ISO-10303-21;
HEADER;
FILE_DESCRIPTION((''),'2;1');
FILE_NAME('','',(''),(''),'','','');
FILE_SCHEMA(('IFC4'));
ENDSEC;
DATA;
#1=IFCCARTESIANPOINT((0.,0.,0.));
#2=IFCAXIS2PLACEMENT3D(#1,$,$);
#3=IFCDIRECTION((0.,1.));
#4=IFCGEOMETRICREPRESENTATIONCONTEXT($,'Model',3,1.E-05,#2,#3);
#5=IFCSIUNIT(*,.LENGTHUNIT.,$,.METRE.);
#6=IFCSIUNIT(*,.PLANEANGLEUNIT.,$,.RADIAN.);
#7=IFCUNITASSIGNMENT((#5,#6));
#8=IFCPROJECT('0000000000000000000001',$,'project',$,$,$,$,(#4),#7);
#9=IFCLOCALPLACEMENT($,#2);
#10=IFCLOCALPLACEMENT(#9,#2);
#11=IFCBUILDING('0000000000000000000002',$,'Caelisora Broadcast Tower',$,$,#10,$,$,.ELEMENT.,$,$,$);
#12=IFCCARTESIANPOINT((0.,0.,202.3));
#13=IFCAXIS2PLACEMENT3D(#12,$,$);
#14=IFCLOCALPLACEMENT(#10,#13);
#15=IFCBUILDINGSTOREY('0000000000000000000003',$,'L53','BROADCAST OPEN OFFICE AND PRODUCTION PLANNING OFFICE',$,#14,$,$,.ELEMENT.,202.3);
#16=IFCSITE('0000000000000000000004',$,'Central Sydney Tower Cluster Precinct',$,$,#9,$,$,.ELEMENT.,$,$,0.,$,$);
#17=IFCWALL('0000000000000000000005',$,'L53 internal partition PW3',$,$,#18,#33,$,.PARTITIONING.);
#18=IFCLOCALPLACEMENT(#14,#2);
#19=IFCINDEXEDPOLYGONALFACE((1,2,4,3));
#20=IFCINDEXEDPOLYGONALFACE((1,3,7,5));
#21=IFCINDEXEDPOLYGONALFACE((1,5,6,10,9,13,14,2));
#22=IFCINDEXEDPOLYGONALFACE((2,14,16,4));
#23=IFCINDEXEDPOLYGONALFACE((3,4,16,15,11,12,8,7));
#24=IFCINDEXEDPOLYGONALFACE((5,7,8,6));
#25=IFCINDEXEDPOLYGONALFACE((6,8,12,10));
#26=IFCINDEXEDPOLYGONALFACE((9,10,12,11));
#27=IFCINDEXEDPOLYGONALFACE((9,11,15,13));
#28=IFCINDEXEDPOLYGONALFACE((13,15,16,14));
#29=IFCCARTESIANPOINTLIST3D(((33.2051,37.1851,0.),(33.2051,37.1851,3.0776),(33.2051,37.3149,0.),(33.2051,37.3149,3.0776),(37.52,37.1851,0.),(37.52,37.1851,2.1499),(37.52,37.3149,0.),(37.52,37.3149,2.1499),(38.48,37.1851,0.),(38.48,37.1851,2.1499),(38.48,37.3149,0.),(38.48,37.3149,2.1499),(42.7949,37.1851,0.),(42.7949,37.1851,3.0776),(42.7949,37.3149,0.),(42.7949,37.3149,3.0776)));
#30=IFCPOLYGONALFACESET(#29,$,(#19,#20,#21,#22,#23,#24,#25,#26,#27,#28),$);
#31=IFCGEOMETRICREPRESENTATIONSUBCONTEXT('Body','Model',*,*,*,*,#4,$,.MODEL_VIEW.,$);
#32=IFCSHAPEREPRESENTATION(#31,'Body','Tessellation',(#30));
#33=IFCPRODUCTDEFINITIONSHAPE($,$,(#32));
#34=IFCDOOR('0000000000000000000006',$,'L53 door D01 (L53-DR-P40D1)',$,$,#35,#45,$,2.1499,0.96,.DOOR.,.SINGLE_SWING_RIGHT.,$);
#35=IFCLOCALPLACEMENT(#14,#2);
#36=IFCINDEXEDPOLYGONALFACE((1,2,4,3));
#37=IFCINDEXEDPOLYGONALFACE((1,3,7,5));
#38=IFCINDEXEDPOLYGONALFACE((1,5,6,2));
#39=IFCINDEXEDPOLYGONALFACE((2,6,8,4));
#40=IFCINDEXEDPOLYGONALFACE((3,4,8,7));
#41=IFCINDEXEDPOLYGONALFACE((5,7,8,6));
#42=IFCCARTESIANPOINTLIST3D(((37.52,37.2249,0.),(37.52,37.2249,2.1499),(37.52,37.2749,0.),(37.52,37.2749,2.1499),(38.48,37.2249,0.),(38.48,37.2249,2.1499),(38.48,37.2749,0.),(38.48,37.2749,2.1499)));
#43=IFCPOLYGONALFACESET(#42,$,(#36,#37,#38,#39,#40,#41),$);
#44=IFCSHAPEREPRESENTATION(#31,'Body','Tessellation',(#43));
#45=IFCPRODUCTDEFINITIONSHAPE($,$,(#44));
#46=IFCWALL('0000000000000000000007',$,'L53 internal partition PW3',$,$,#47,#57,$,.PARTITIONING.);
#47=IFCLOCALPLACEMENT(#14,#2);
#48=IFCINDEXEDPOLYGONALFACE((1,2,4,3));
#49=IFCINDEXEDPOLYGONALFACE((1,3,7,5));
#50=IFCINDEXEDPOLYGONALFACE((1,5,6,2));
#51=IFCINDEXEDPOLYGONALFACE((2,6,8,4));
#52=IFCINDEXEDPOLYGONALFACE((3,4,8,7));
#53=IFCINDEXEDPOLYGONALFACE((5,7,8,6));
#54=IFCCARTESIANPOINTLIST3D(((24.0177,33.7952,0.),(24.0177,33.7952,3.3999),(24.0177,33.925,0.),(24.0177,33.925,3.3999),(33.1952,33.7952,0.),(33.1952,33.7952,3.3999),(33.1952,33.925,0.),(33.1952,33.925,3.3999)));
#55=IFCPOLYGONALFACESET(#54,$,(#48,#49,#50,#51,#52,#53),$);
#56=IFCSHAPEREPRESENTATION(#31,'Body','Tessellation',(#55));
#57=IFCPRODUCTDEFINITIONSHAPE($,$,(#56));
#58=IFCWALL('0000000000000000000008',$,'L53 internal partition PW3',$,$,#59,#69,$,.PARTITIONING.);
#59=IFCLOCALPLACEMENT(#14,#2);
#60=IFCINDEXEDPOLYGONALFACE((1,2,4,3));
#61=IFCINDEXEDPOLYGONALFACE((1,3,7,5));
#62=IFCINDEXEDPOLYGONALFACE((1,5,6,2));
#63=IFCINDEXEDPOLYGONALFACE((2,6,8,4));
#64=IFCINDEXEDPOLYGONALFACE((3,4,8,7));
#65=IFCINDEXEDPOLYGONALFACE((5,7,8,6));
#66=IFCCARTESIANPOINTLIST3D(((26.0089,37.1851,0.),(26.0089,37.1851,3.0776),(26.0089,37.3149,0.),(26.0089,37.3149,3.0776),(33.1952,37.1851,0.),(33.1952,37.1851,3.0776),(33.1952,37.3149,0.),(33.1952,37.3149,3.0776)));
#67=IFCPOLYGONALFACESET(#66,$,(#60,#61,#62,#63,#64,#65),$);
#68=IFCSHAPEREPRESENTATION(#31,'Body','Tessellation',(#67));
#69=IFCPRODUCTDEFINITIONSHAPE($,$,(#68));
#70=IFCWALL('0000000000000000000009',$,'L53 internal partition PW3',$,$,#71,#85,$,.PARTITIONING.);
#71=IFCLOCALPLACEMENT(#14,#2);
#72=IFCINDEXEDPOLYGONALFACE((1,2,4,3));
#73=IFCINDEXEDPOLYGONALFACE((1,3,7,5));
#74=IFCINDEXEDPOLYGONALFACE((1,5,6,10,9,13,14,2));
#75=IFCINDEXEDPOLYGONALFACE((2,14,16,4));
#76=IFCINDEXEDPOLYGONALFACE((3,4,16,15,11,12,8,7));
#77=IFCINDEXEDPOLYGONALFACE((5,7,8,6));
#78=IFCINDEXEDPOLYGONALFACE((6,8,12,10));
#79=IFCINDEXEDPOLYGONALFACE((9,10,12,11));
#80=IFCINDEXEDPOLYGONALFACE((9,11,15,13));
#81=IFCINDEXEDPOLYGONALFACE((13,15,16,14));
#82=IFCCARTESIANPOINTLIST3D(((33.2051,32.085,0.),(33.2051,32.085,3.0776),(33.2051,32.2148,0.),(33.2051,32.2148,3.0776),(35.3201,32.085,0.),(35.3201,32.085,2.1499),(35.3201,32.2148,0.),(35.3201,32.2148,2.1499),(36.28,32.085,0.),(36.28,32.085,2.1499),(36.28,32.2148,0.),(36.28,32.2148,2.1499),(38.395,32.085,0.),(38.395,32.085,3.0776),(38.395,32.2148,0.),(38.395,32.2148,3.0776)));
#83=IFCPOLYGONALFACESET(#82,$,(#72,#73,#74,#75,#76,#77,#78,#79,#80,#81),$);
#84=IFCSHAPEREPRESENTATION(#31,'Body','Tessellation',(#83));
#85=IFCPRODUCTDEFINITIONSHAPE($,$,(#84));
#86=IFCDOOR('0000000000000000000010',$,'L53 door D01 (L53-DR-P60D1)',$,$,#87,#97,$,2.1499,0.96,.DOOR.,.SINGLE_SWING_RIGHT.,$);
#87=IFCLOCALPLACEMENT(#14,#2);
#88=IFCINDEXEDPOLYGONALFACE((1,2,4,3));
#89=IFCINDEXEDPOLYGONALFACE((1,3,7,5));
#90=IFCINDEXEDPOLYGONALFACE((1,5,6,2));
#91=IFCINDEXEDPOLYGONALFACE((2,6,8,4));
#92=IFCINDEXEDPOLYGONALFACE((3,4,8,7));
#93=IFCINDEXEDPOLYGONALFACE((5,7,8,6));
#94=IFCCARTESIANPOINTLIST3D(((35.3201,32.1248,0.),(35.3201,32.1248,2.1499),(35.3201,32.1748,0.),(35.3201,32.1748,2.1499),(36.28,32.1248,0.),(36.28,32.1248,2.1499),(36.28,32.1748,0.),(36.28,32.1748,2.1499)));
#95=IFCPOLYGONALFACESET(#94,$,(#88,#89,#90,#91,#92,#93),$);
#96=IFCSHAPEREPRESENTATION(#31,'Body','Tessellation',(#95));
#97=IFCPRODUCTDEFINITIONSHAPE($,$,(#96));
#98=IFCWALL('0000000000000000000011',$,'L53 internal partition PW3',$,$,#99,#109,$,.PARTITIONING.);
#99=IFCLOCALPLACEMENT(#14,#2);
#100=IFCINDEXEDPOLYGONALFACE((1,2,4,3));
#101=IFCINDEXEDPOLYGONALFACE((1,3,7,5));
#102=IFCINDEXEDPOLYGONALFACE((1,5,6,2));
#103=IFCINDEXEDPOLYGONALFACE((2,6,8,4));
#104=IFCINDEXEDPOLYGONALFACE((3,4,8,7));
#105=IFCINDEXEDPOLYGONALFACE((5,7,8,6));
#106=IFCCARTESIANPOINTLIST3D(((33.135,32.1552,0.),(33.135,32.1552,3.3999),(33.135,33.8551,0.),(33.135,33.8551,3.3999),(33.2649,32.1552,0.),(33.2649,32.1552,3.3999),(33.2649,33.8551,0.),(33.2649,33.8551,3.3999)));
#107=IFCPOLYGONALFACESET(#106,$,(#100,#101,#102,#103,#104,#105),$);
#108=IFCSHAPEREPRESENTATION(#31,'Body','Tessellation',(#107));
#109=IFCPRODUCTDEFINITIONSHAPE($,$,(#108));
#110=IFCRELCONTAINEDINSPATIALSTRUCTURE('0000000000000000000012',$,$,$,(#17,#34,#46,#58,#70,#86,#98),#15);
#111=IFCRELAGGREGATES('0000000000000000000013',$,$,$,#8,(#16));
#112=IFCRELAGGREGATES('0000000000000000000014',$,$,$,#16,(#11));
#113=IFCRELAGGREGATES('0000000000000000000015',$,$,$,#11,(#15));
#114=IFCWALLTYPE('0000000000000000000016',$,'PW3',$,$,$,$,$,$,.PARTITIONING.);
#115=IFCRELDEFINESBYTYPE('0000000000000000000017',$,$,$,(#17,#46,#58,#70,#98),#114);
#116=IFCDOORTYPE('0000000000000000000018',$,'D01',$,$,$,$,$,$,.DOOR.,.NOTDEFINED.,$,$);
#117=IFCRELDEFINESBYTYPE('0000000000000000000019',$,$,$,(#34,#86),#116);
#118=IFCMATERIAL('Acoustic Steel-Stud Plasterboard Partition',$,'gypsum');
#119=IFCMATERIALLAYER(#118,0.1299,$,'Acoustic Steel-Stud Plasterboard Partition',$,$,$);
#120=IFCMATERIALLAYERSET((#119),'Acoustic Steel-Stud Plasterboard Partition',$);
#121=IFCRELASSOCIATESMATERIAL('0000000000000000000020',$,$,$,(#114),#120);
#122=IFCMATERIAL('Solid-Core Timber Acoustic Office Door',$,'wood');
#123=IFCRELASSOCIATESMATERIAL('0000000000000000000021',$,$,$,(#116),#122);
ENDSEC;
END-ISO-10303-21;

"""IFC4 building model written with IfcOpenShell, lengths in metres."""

from ifc_helpers import new_model, si_unit, direction, frame, frame_2d, origin, place, context, subcontext, project, spatial, rectangle, extrude, material, layer, layer_set, type_object, element, fill, save


model = new_model("IFC4")

# Units and contexts
model_context = context("Model", 3, precision=1e-05, world=origin(), true_north=direction((0.0, 1.0)))
body_context = subcontext(model_context, "Body", "Model", "MODEL_VIEW")
ifc_project = project(units=[si_unit("LENGTHUNIT", "METRE"), si_unit("PLANEANGLEUNIT", "RADIAN")], contexts=[model_context])

# Site, building, storey
site_placement = place(None, origin())
site = spatial("IfcSite", under=ifc_project, at=site_placement, Name="Central Sydney Tower Cluster Precinct", CompositionType="ELEMENT", RefElevation=0.0)
building_placement = place(site_placement, origin())
building = spatial("IfcBuilding", under=site, at=building_placement, Name="Caelisora Broadcast Tower", CompositionType="ELEMENT")
storey_placement = place(building_placement, frame((0.0, 0.0, 202.3)))
storey = spatial("IfcBuildingStorey", under=building, at=storey_placement, Name="L53", Description="BROADCAST OPEN OFFICE AND PRODUCTION PLANNING OFFICE", CompositionType="ELEMENT", Elevation=202.3)

# Wall, opening, door
ifc_material_1 = material(Name="Acoustic Steel-Stud Plasterboard Partition", Category="gypsum")
ifc_layer_1 = layer(ifc_material_1, 0.1299, Name="Acoustic Steel-Stud Plasterboard Partition")
ifc_layer_set_1 = layer_set([ifc_layer_1], Name="Acoustic Steel-Stud Plasterboard Partition")
wall_type = type_object("IfcWallType", Name="PW3", PredefinedType="PARTITIONING", material=ifc_layer_set_1)
ifc_material_2 = material(Name="Solid-Core Timber Acoustic Office Door", Category="wood")
door_type = type_object("IfcDoorType", Name="D01", OperationType="NOTDEFINED", PredefinedType="DOOR", material=ifc_material_2)
wall_1_placement = place(storey_placement, frame((33.2051, 37.25, 0.0), z_axis=(0.0, 0.0, 1.0), x_axis=(1.0, 0.0, 0.0)))
wall_1 = element("IfcWall", 1, at=wall_1_placement, inside=storey, type_object=wall_type, Name="L53 internal partition PW3", PredefinedType="PARTITIONING", context=body_context, shape_type="SweptSolid", body=[
    extrude(rectangle(XDim=9.5898, YDim=0.1299, at=frame_2d((4.7949, 0.0))), origin(), (0.0, 0.0, 1.0), 3.0776),
])
opening_1_placement = place(wall_1_placement, frame((4.3149, 0.0, 0.0)))
opening_1 = element("IfcOpeningElement", 2, at=opening_1_placement, cuts=wall_1, PredefinedType="OPENING", context=body_context, shape_type="SweptSolid", body=[
    extrude(rectangle(XDim=0.96, YDim=2.1499, at=frame_2d((0.48, 1.075))), frame((0.0, 0.0769, 0.0), z_axis=(0.0, -1.0, 0.0), x_axis=(1.0, 0.0, 0.0)), (0.0, 0.0, 1.0), 0.1538),
])
door_1_placement = place(opening_1_placement, origin())
door_1 = element("IfcDoor", 3, at=door_1_placement, inside=storey, type_object=door_type, Name="L53 door D01 (L53-DR-P40D1)", OperationType="SINGLE_SWING_RIGHT", OverallHeight=2.1499, OverallWidth=0.96, PredefinedType="DOOR", context=body_context, shape_type="SweptSolid", body=[
    extrude(rectangle(XDim=0.96, YDim=2.1499, at=frame_2d((0.48, 1.075))), frame((0.0, 0.0249, 0.0), z_axis=(0.0, -1.0, 0.0), x_axis=(1.0, 0.0, 0.0)), (0.0, 0.0, 1.0), 0.05),
])
fill(opening_1, door_1)

# Walls
wall_2_placement = place(storey_placement, frame((24.0176, 33.8601, 0.0), z_axis=(0.0, 0.0, 1.0), x_axis=(1.0, 0.0, 0.0)))
element("IfcWall", 4, at=wall_2_placement, inside=storey, type_object=wall_type, Name="L53 internal partition PW3", PredefinedType="PARTITIONING", context=body_context, shape_type="SweptSolid", body=[
    extrude(rectangle(XDim=9.1775, YDim=0.1299, at=frame_2d((4.5889, 0.0))), origin(), (0.0, 0.0, 1.0), 3.3999),
])
wall_3_placement = place(storey_placement, frame((26.0088, 37.25, 0.0), z_axis=(0.0, 0.0, 1.0), x_axis=(1.0, 0.0, 0.0)))
element("IfcWall", 5, at=wall_3_placement, inside=storey, type_object=wall_type, Name="L53 internal partition PW3", PredefinedType="PARTITIONING", context=body_context, shape_type="SweptSolid", body=[
    extrude(rectangle(XDim=7.1863, YDim=0.1299, at=frame_2d((3.5933, 0.0))), origin(), (0.0, 0.0, 1.0), 3.0776),
])

# Wall, opening, door
wall_4_placement = place(storey_placement, frame((33.2051, 32.1499, 0.0), z_axis=(0.0, 0.0, 1.0), x_axis=(1.0, 0.0, 0.0)))
wall_4 = element("IfcWall", 6, at=wall_4_placement, inside=storey, type_object=wall_type, Name="L53 internal partition PW3", PredefinedType="PARTITIONING", context=body_context, shape_type="SweptSolid", body=[
    extrude(rectangle(XDim=5.1899, YDim=0.1299, at=frame_2d((2.595, 0.0))), origin(), (0.0, 0.0, 1.0), 3.0776),
])
opening_2_placement = place(wall_4_placement, frame((2.115, 0.0, 0.0)))
opening_2 = element("IfcOpeningElement", 7, at=opening_2_placement, cuts=wall_4, PredefinedType="OPENING", context=body_context, shape_type="SweptSolid", body=[
    extrude(rectangle(XDim=0.96, YDim=2.1499, at=frame_2d((0.48, 1.075))), frame((0.0, 0.0769, 0.0), z_axis=(0.0, -1.0, 0.0), x_axis=(1.0, 0.0, 0.0)), (0.0, 0.0, 1.0), 0.1538),
])
door_2_placement = place(opening_2_placement, origin())
door_2 = element("IfcDoor", 8, at=door_2_placement, inside=storey, type_object=door_type, Name="L53 door D01 (L53-DR-P60D1)", OperationType="SINGLE_SWING_RIGHT", OverallHeight=2.1499, OverallWidth=0.96, PredefinedType="DOOR", context=body_context, shape_type="SweptSolid", body=[
    extrude(rectangle(XDim=0.96, YDim=2.1499, at=frame_2d((0.48, 1.075))), frame((0.0, 0.0249, 0.0), z_axis=(0.0, -1.0, 0.0), x_axis=(1.0, 0.0, 0.0)), (0.0, 0.0, 1.0), 0.05),
])
fill(opening_2, door_2)

# Wall
wall_5_placement = place(storey_placement, frame((33.2, 32.155, 0.0), z_axis=(0.0, 0.0, 1.0), x_axis=(0.0, 1.0, 0.0)))
element("IfcWall", 9, at=wall_5_placement, inside=storey, type_object=wall_type, Name="L53 internal partition PW3", PredefinedType="PARTITIONING", context=body_context, shape_type="SweptSolid", body=[
    extrude(rectangle(XDim=1.7, YDim=0.1299, at=frame_2d((0.8501, 0.0))), origin(), (0.0, 0.0, 1.0), 3.3999),
])

save(model, "model.ifc")
